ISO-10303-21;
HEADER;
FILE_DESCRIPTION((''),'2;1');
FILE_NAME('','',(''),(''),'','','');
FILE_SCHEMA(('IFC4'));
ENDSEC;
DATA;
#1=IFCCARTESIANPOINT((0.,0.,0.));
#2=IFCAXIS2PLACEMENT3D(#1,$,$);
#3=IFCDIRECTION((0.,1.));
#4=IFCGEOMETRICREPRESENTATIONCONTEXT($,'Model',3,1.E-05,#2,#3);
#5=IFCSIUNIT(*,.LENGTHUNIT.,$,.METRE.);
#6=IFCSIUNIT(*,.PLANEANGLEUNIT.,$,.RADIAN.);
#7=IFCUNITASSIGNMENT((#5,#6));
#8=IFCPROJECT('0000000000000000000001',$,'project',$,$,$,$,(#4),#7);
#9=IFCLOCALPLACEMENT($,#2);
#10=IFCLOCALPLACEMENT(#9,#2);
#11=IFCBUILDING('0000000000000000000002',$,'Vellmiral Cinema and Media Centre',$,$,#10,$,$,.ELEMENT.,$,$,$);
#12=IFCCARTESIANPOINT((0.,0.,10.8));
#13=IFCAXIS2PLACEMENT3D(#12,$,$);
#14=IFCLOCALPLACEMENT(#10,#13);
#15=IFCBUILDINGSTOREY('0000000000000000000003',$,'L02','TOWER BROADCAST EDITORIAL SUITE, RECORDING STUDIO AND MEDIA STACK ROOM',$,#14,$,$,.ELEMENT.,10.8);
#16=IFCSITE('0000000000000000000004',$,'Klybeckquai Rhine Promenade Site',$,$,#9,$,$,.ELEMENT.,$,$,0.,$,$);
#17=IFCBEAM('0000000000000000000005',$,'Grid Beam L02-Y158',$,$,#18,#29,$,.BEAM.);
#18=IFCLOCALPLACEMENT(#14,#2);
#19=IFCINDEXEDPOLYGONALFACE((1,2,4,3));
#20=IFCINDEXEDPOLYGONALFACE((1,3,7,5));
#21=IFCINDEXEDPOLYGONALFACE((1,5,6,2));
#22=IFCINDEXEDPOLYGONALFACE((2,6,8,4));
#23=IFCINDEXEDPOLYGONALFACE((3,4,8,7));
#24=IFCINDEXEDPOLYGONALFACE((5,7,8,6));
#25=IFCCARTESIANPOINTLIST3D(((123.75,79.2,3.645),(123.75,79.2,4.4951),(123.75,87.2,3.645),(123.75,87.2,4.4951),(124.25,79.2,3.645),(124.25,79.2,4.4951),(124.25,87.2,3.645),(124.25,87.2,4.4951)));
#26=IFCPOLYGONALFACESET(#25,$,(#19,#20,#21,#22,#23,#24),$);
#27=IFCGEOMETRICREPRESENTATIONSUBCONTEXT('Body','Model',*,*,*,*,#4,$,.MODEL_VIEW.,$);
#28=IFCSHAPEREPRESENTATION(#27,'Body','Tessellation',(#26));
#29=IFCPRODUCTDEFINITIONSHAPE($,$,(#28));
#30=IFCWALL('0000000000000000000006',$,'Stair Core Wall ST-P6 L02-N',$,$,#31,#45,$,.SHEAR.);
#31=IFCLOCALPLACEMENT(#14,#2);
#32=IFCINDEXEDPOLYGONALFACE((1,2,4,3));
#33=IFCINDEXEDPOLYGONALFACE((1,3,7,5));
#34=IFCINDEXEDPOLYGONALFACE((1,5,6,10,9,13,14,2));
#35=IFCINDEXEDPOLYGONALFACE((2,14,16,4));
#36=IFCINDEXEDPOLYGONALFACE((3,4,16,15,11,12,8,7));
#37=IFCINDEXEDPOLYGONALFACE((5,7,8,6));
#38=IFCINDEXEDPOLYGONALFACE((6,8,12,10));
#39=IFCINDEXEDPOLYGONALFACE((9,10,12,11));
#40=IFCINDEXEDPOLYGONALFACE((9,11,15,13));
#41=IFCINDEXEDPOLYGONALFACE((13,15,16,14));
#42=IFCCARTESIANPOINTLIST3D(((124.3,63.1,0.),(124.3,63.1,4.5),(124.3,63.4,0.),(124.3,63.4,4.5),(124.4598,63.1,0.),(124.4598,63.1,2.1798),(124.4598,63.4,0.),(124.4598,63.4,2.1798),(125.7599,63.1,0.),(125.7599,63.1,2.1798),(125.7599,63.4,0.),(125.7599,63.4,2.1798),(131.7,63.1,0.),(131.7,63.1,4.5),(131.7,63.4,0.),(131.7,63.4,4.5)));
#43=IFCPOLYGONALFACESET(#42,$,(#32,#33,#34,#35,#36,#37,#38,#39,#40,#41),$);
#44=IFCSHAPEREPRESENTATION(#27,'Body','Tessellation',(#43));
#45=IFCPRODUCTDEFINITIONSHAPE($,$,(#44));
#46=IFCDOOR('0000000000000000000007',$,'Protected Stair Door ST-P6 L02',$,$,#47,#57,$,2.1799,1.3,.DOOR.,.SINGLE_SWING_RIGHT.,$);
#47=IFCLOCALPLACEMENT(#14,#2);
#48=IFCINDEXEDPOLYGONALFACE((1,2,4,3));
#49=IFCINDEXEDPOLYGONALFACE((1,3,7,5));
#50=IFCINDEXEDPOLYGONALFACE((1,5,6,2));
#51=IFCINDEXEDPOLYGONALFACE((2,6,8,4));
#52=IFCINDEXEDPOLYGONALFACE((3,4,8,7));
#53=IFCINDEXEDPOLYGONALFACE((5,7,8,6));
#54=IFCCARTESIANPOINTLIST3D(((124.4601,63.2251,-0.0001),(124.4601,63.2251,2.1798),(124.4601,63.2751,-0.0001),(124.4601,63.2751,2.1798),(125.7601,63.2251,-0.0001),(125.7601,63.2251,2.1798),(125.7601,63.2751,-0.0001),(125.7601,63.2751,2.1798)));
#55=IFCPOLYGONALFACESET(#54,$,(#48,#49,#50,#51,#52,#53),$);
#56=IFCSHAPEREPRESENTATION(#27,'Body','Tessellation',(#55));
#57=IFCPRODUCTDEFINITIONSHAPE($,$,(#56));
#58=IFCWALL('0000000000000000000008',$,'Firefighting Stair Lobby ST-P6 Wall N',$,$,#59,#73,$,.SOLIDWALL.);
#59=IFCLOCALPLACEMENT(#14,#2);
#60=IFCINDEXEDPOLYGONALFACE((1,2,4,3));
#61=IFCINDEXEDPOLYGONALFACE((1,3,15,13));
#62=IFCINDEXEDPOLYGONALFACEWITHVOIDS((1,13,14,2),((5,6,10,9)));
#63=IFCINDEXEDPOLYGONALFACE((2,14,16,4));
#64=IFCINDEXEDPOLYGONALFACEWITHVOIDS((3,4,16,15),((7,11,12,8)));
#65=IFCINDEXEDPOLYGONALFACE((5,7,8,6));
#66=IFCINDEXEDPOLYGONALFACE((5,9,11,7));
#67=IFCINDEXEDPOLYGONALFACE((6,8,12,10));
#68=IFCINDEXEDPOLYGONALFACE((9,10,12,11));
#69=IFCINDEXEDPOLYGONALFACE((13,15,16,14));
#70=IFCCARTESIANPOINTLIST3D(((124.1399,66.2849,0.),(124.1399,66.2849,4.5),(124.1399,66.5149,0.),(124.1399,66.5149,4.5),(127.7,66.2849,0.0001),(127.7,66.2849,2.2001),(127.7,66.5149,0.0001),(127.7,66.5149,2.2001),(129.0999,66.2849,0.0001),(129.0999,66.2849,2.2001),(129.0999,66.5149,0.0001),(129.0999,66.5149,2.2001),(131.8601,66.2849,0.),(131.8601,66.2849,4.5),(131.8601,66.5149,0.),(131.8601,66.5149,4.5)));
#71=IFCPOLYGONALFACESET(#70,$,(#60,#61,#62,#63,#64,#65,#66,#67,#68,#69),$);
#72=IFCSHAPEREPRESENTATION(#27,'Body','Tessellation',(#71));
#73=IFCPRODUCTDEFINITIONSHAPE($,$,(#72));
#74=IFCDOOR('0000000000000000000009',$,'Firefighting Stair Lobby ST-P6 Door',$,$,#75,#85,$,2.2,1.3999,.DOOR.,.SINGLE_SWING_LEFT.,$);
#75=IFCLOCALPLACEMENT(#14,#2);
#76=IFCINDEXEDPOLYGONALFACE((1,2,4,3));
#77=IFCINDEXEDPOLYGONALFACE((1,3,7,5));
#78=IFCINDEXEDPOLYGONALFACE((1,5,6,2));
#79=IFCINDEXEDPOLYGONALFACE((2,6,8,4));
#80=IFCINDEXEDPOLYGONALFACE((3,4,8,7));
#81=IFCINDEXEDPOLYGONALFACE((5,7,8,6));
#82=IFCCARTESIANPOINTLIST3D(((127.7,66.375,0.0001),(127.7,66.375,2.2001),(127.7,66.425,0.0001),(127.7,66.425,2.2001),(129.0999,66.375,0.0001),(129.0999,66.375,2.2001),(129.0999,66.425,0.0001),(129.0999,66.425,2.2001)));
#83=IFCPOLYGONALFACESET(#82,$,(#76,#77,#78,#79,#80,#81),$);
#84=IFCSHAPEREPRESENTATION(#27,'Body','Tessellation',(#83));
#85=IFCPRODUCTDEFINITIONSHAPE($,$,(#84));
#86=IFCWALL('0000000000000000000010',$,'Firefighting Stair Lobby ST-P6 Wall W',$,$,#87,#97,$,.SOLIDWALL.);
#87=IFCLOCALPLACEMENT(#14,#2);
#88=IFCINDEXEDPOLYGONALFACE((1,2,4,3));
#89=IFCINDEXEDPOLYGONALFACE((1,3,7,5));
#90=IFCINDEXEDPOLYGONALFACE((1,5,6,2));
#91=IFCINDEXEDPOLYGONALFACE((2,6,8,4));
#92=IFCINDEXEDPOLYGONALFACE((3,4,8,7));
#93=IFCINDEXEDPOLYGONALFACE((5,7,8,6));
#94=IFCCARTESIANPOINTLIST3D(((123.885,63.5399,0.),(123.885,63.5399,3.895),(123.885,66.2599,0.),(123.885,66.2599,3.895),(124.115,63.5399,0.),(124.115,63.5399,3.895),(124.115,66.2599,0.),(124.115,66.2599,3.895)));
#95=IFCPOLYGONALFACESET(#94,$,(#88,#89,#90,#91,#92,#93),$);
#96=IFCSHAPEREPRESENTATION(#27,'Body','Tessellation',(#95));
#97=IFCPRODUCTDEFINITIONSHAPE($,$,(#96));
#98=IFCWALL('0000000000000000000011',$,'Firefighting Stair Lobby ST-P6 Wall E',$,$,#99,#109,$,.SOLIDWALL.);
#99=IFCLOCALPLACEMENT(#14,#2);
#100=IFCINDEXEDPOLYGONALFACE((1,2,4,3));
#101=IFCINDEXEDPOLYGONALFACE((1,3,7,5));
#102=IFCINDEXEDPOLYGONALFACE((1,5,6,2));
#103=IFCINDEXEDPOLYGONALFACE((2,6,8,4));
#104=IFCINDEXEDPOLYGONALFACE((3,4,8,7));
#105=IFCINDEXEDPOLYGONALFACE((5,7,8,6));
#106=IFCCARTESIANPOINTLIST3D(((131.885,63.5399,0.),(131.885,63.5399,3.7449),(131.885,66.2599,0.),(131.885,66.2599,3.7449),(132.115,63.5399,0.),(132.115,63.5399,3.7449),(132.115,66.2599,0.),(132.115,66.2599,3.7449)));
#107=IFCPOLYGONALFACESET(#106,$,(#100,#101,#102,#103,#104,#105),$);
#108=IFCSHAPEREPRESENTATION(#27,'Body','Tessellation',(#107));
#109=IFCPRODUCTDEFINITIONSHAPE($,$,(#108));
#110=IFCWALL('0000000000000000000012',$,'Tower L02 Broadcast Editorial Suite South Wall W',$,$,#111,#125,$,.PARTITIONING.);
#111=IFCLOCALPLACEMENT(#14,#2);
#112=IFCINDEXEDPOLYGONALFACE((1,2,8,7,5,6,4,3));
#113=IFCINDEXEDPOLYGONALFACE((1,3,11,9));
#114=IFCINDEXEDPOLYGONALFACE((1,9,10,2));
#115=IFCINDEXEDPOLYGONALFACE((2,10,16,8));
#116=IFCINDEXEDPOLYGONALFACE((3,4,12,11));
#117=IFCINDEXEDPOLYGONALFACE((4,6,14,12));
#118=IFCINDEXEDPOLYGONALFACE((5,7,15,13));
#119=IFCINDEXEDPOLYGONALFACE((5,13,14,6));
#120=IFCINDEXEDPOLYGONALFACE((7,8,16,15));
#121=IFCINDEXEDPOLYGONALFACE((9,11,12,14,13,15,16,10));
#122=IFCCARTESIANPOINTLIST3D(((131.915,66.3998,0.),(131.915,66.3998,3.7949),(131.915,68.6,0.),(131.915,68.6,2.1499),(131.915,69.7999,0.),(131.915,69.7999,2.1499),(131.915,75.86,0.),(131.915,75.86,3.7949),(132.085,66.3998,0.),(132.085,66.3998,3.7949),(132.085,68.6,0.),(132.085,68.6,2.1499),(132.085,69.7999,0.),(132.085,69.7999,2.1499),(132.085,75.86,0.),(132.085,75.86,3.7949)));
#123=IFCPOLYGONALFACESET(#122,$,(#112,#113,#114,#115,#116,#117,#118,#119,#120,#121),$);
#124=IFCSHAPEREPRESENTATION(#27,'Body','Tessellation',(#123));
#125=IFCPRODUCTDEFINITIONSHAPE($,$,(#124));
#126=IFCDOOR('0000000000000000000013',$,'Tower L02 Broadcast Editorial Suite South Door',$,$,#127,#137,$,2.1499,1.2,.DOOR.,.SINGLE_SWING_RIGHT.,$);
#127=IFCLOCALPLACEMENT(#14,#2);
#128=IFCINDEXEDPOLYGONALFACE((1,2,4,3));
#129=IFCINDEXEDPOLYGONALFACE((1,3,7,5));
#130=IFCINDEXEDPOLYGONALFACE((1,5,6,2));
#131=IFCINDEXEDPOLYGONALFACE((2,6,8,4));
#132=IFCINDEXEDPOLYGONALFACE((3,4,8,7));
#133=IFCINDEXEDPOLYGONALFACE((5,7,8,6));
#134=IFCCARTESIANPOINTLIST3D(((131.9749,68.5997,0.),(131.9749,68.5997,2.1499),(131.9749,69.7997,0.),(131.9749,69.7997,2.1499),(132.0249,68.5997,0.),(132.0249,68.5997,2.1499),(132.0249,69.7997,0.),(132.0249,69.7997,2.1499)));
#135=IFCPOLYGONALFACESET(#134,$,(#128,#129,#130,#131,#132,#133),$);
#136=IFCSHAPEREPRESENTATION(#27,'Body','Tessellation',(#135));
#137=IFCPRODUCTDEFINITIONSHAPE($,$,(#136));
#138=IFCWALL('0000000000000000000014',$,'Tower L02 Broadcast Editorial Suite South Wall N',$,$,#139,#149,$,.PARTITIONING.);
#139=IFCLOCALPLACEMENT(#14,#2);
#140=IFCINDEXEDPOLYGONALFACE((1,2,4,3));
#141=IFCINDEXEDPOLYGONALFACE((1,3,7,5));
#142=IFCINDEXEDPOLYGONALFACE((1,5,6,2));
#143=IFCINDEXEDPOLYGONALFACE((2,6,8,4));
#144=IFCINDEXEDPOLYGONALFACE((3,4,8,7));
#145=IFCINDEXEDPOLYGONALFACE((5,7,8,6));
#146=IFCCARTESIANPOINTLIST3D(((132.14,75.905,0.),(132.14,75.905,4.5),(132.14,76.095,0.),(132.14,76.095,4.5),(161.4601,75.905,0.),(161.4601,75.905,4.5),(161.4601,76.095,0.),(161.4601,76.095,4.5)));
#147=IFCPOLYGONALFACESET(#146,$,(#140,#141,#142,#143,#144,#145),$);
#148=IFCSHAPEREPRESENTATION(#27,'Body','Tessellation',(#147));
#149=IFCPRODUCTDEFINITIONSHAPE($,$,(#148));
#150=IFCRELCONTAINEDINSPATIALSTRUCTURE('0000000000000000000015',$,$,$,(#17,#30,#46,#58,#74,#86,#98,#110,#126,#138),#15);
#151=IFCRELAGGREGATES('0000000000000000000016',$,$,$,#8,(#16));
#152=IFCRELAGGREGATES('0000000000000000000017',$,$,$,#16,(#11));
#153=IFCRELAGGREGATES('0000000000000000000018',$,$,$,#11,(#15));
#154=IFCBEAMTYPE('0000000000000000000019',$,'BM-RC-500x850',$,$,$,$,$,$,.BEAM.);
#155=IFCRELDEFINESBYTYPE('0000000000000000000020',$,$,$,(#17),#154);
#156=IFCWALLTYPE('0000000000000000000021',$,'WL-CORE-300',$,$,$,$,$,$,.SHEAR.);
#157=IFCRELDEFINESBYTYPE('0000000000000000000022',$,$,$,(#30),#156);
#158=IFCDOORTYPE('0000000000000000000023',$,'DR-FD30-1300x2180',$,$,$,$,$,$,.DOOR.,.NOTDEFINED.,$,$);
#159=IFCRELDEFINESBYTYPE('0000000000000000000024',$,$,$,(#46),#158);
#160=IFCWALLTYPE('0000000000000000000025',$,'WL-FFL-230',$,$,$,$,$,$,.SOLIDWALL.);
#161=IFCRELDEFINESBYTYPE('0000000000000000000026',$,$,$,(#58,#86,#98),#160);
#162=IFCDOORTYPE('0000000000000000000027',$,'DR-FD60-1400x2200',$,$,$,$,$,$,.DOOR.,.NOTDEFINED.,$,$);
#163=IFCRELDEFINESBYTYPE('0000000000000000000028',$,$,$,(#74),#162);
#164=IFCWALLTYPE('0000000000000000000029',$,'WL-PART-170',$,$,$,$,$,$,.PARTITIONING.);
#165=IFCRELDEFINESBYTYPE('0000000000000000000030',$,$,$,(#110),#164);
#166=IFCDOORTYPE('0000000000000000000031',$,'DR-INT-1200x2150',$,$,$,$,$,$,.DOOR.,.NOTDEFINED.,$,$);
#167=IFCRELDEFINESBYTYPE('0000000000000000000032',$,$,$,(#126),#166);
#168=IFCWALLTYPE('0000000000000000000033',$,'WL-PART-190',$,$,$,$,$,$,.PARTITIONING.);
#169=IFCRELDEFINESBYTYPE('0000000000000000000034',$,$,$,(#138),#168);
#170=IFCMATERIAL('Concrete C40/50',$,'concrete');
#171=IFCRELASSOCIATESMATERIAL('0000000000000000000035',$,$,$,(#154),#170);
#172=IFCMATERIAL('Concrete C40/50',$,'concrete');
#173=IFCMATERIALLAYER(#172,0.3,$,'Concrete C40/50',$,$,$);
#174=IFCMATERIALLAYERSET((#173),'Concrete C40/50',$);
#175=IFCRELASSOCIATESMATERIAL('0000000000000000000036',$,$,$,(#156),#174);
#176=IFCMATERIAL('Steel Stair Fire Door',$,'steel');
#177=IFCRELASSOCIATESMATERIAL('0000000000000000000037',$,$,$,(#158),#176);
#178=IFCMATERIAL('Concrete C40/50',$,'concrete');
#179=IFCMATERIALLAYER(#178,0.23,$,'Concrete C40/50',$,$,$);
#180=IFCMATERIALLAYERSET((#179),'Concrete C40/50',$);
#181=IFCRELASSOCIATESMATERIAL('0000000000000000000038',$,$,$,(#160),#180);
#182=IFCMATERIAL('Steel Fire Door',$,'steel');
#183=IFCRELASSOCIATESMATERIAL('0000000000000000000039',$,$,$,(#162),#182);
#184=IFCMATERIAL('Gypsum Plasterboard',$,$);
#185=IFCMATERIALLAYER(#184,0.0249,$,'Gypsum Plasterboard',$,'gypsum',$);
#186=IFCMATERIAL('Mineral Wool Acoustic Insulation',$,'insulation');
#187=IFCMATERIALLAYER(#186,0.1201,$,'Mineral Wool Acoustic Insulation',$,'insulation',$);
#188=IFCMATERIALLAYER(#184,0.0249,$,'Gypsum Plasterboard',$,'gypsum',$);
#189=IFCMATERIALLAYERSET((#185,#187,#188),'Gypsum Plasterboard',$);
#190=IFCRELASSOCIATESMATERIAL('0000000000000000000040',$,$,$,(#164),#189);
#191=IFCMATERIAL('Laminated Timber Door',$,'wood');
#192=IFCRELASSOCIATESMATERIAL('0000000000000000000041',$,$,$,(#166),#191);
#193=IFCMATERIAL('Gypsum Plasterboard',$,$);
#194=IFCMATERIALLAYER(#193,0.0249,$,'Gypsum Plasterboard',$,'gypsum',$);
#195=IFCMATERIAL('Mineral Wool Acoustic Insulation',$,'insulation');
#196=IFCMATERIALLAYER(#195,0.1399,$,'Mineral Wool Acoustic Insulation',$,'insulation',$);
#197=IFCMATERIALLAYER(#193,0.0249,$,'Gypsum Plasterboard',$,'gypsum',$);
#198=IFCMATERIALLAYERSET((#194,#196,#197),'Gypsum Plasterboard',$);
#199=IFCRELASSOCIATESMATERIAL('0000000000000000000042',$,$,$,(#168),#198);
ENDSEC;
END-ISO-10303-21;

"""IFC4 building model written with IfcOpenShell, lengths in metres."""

from ifc_helpers import new_model, si_unit, direction, frame, frame_2d, origin, origin_2d, place, context, subcontext, project, spatial, rectangle, extrude, material, layer, layer_set, material_profile, profile_set, type_object, element, fill, save


model = new_model("IFC4")

# Units and contexts
model_context = context("Model", 3, precision=1e-05, world=origin(), true_north=direction((0.0, 1.0)))
body_context = subcontext(model_context, "Body", "Model", "MODEL_VIEW")
ifc_project = project(units=[si_unit("LENGTHUNIT", "METRE"), si_unit("PLANEANGLEUNIT", "RADIAN")], contexts=[model_context])

# Site, building, storey
site_placement = place(None, origin())
site = spatial("IfcSite", under=ifc_project, at=site_placement, Name="Klybeckquai Rhine Promenade Site", CompositionType="ELEMENT", RefElevation=0.0)
building_placement = place(site_placement, origin())
building = spatial("IfcBuilding", under=site, at=building_placement, Name="Vellmiral Cinema and Media Centre", CompositionType="ELEMENT")
storey_placement = place(building_placement, frame((0.0, 0.0, 10.8)))
storey = spatial("IfcBuildingStorey", under=building, at=storey_placement, Name="L02", Description="TOWER BROADCAST EDITORIAL SUITE, RECORDING STUDIO AND MEDIA STACK ROOM", CompositionType="ELEMENT", Elevation=10.8)

# Beam
ifc_material_1 = material(Name="Concrete C40/50", Category="concrete")
ifc_material_profile_1 = material_profile(ifc_material_1, rectangle(XDim=0.5, YDim=0.8501, at=origin_2d()), Name="RC 500x850")
ifc_profile_set_1 = profile_set([ifc_material_profile_1], Name="Concrete C40/50")
beam_type_1 = type_object("IfcBeamType", Name="BM-RC-500x850", PredefinedType="BEAM", material=ifc_profile_set_1)
beam_1_placement = place(storey_placement, frame((124.0, 79.2, 4.0701), z_axis=(0.0, 1.0, 0.0), x_axis=(-1.0, 0.0, 0.0)))
element("IfcBeam", 1, at=beam_1_placement, inside=storey, type_object=beam_type_1, Name="Grid Beam L02-Y158", PredefinedType="BEAM", context=body_context, shape_type="SweptSolid", body=[
    extrude(rectangle(XDim=0.5, YDim=0.8501, at=origin_2d()), origin(), (0.0, 0.0, 1.0), 8.0),
])

# Walls, openings, doors
ifc_material_2 = material(Name="Concrete C40/50", Category="concrete")
ifc_layer_1 = layer(ifc_material_2, 0.3, Name="Concrete C40/50")
ifc_layer_set_1 = layer_set([ifc_layer_1], Name="Concrete C40/50")
wall_type_1 = type_object("IfcWallType", Name="WL-CORE-300", PredefinedType="SHEAR", material=ifc_layer_set_1)
wall_1_placement = place(storey_placement, frame((124.3, 63.25, 0.0), z_axis=(0.0, 0.0, 1.0), x_axis=(1.0, 0.0, 0.0)))
wall_1 = element("IfcWall", 2, at=wall_1_placement, inside=storey, type_object=wall_type_1, Name="Stair Core Wall ST-P6 L02-N", PredefinedType="SHEAR", context=body_context, shape_type="SweptSolid", body=[
    extrude(rectangle(XDim=7.3999, YDim=0.3, at=frame_2d((3.7, 0.0))), origin(), (0.0, 0.0, 1.0), 4.5),
])
opening_1_placement = place(wall_1_placement, frame((0.1599, 0.0, 0.0)))
opening_1 = element("IfcOpeningElement", 3, at=opening_1_placement, cuts=wall_1, PredefinedType="OPENING", context=body_context, shape_type="SweptSolid", body=[
    extrude(rectangle(XDim=1.3, YDim=2.1799, at=frame_2d((0.6499, 1.0898))), frame((0.0, 0.1621, 0.0), z_axis=(0.0, -1.0, 0.0), x_axis=(1.0, 0.0, 0.0)), (0.0, 0.0, 1.0), 0.324),
])
ifc_material_3 = material(Name="Steel Stair Fire Door", Category="steel")
door_type_1 = type_object("IfcDoorType", Name="DR-FD30-1300x2180", OperationType="NOTDEFINED", PredefinedType="DOOR", material=ifc_material_3)
door_1_placement = place(opening_1_placement, frame((1.3, 0.0, 0.0), z_axis=(0.0, 0.0, 1.0), x_axis=(-1.0, 0.0, 0.0)))
door_1 = element("IfcDoor", 4, at=door_1_placement, inside=storey, type_object=door_type_1, Name="Protected Stair Door ST-P6 L02", OperationType="SINGLE_SWING_RIGHT", OverallHeight=2.1799, OverallWidth=1.3, PredefinedType="DOOR", context=body_context, shape_type="SweptSolid", body=[
    extrude(rectangle(XDim=1.3, YDim=2.1799, at=frame_2d((0.6499, 1.0898))), frame((0.0, 0.0249, 0.0), z_axis=(0.0, -1.0, 0.0), x_axis=(1.0, 0.0, 0.0)), (0.0, 0.0, 1.0), 0.05),
])
fill(opening_1, door_1)
ifc_material_4 = material(Name="Concrete C40/50", Category="concrete")
ifc_layer_2 = layer(ifc_material_4, 0.23, Name="Concrete C40/50")
ifc_layer_set_2 = layer_set([ifc_layer_2], Name="Concrete C40/50")
wall_type_2 = type_object("IfcWallType", Name="WL-FFL-230", PredefinedType="SOLIDWALL", material=ifc_layer_set_2)
wall_2_placement = place(storey_placement, frame((124.1399, 66.3999, 0.0), z_axis=(0.0, 0.0, 1.0), x_axis=(1.0, 0.0, 0.0)))
wall_2 = element("IfcWall", 5, at=wall_2_placement, inside=storey, type_object=wall_type_2, Name="Firefighting Stair Lobby ST-P6 Wall N", PredefinedType="SOLIDWALL", context=body_context, shape_type="SweptSolid", body=[
    extrude(rectangle(XDim=7.7202, YDim=0.23, at=frame_2d((3.8601, 0.0))), origin(), (0.0, 0.0, 1.0), 4.5),
])
opening_2_placement = place(wall_2_placement, frame((3.5601, 0.0, 0.0)))
opening_2 = element("IfcOpeningElement", 6, at=opening_2_placement, cuts=wall_2, PredefinedType="OPENING", context=body_context, shape_type="SweptSolid", body=[
    extrude(rectangle(XDim=1.3999, YDim=2.2, at=frame_2d((0.7, 1.1001))), frame((0.0, 0.127, 0.0), z_axis=(0.0, -1.0, 0.0), x_axis=(1.0, 0.0, 0.0)), (0.0, 0.0, 1.0), 0.2539),
])
ifc_material_5 = material(Name="Steel Fire Door", Category="steel")
door_type_2 = type_object("IfcDoorType", Name="DR-FD60-1400x2200", OperationType="NOTDEFINED", PredefinedType="DOOR", material=ifc_material_5)
door_2_placement = place(opening_2_placement, frame((1.3999, 0.0, 0.0), z_axis=(0.0, 0.0, 1.0), x_axis=(-1.0, 0.0, 0.0)))
door_2 = element("IfcDoor", 7, at=door_2_placement, inside=storey, type_object=door_type_2, Name="Firefighting Stair Lobby ST-P6 Door", OperationType="SINGLE_SWING_LEFT", OverallHeight=2.2, OverallWidth=1.3999, PredefinedType="DOOR", context=body_context, shape_type="SweptSolid", body=[
    extrude(rectangle(XDim=1.3999, YDim=2.2, at=frame_2d((0.7, 1.1001))), frame((0.0, 0.0249, 0.0), z_axis=(0.0, -1.0, 0.0), x_axis=(1.0, 0.0, 0.0)), (0.0, 0.0, 1.0), 0.05),
])
fill(opening_2, door_2)

# Walls
wall_3_placement = place(storey_placement, frame((124.0, 63.54, 0.0), z_axis=(0.0, 0.0, 1.0), x_axis=(0.0, 1.0, 0.0)))
element("IfcWall", 8, at=wall_3_placement, inside=storey, type_object=wall_type_2, Name="Firefighting Stair Lobby ST-P6 Wall W", PredefinedType="SOLIDWALL", context=body_context, shape_type="SweptSolid", body=[
    extrude(rectangle(XDim=2.72, YDim=0.23, at=frame_2d((1.3599, 0.0))), origin(), (0.0, 0.0, 1.0), 3.895),
])
wall_4_placement = place(storey_placement, frame((132.0, 63.54, 0.0), z_axis=(0.0, 0.0, 1.0), x_axis=(0.0, 1.0, 0.0)))
element("IfcWall", 9, at=wall_4_placement, inside=storey, type_object=wall_type_2, Name="Firefighting Stair Lobby ST-P6 Wall E", PredefinedType="SOLIDWALL", context=body_context, shape_type="SweptSolid", body=[
    extrude(rectangle(XDim=2.72, YDim=0.23, at=frame_2d((1.3599, 0.0))), origin(), (0.0, 0.0, 1.0), 3.7449),
])

# Wall, opening, door
ifc_material_6 = material(Name="Gypsum Plasterboard")
ifc_layer_3 = layer(ifc_material_6, 0.0249, Name="Gypsum Plasterboard", Category="gypsum")
ifc_material_7 = material(Name="Mineral Wool Acoustic Insulation", Category="insulation")
ifc_layer_4 = layer(ifc_material_7, 0.1201, Name="Mineral Wool Acoustic Insulation", Category="insulation")
ifc_layer_5 = layer(ifc_material_6, 0.0249, Name="Gypsum Plasterboard", Category="gypsum")
ifc_layer_set_3 = layer_set([ifc_layer_3, ifc_layer_4, ifc_layer_5], Name="Gypsum Plasterboard")
wall_type_3 = type_object("IfcWallType", Name="WL-PART-170", PredefinedType="PARTITIONING", material=ifc_layer_set_3)
wall_5_placement = place(storey_placement, frame((132.0, 66.3999, 0.0), z_axis=(0.0, 0.0, 1.0), x_axis=(0.0, 1.0, 0.0)))
wall_5 = element("IfcWall", 10, at=wall_5_placement, inside=storey, type_object=wall_type_3, Name="Tower L02 Broadcast Editorial Suite South Wall W", PredefinedType="PARTITIONING", context=body_context, shape_type="SweptSolid", body=[
    extrude(rectangle(XDim=9.4602, YDim=0.1699, at=frame_2d((4.73, 0.0))), origin(), (0.0, 0.0, 1.0), 3.7949),
])
opening_3_placement = place(wall_5_placement, frame((2.2, 0.0, 0.0)))
opening_3 = element("IfcOpeningElement", 11, at=opening_3_placement, cuts=wall_5, PredefinedType="OPENING", context=body_context, shape_type="SweptSolid", body=[
    extrude(rectangle(XDim=1.2, YDim=2.1499, at=frame_2d((0.6001, 1.075))), frame((0.0, 0.0969, 0.0), z_axis=(0.0, -1.0, 0.0), x_axis=(1.0, 0.0, 0.0)), (0.0, 0.0, 1.0), 0.1938),
])
ifc_material_8 = material(Name="Laminated Timber Door", Category="wood")
door_type_3 = type_object("IfcDoorType", Name="DR-INT-1200x2150", OperationType="NOTDEFINED", PredefinedType="DOOR", material=ifc_material_8)
door_3_placement = place(opening_3_placement, frame((1.2, 0.0, 0.0), z_axis=(0.0, 0.0, 1.0), x_axis=(-1.0, 0.0, 0.0)))
door_3 = element("IfcDoor", 12, at=door_3_placement, inside=storey, type_object=door_type_3, Name="Tower L02 Broadcast Editorial Suite South Door", OperationType="SINGLE_SWING_RIGHT", OverallHeight=2.1499, OverallWidth=1.2, PredefinedType="DOOR", context=body_context, shape_type="SweptSolid", body=[
    extrude(rectangle(XDim=1.2, YDim=2.1499, at=frame_2d((0.6001, 1.075))), frame((0.0, 0.0249, 0.0), z_axis=(0.0, -1.0, 0.0), x_axis=(1.0, 0.0, 0.0)), (0.0, 0.0, 1.0), 0.05),
])
fill(opening_3, door_3)

# Wall
ifc_material_9 = material(Name="Gypsum Plasterboard")
ifc_layer_6 = layer(ifc_material_9, 0.0249, Name="Gypsum Plasterboard", Category="gypsum")
ifc_material_10 = material(Name="Mineral Wool Acoustic Insulation", Category="insulation")
ifc_layer_7 = layer(ifc_material_10, 0.1399, Name="Mineral Wool Acoustic Insulation", Category="insulation")
ifc_layer_8 = layer(ifc_material_9, 0.0249, Name="Gypsum Plasterboard", Category="gypsum")
ifc_layer_set_4 = layer_set([ifc_layer_6, ifc_layer_7, ifc_layer_8], Name="Gypsum Plasterboard")
wall_type_4 = type_object("IfcWallType", Name="WL-PART-190", PredefinedType="PARTITIONING", material=ifc_layer_set_4)
wall_6_placement = place(storey_placement, frame((132.1399, 76.0, 0.0), z_axis=(0.0, 0.0, 1.0), x_axis=(1.0, 0.0, 0.0)))
element("IfcWall", 13, at=wall_6_placement, inside=storey, type_object=wall_type_4, Name="Tower L02 Broadcast Editorial Suite South Wall N", PredefinedType="PARTITIONING", context=body_context, shape_type="SweptSolid", body=[
    extrude(rectangle(XDim=29.3201, YDim=0.1899, at=frame_2d((14.6602, 0.0))), origin(), (0.0, 0.0, 1.0), 4.5),
])

save(model, "model.ifc")
